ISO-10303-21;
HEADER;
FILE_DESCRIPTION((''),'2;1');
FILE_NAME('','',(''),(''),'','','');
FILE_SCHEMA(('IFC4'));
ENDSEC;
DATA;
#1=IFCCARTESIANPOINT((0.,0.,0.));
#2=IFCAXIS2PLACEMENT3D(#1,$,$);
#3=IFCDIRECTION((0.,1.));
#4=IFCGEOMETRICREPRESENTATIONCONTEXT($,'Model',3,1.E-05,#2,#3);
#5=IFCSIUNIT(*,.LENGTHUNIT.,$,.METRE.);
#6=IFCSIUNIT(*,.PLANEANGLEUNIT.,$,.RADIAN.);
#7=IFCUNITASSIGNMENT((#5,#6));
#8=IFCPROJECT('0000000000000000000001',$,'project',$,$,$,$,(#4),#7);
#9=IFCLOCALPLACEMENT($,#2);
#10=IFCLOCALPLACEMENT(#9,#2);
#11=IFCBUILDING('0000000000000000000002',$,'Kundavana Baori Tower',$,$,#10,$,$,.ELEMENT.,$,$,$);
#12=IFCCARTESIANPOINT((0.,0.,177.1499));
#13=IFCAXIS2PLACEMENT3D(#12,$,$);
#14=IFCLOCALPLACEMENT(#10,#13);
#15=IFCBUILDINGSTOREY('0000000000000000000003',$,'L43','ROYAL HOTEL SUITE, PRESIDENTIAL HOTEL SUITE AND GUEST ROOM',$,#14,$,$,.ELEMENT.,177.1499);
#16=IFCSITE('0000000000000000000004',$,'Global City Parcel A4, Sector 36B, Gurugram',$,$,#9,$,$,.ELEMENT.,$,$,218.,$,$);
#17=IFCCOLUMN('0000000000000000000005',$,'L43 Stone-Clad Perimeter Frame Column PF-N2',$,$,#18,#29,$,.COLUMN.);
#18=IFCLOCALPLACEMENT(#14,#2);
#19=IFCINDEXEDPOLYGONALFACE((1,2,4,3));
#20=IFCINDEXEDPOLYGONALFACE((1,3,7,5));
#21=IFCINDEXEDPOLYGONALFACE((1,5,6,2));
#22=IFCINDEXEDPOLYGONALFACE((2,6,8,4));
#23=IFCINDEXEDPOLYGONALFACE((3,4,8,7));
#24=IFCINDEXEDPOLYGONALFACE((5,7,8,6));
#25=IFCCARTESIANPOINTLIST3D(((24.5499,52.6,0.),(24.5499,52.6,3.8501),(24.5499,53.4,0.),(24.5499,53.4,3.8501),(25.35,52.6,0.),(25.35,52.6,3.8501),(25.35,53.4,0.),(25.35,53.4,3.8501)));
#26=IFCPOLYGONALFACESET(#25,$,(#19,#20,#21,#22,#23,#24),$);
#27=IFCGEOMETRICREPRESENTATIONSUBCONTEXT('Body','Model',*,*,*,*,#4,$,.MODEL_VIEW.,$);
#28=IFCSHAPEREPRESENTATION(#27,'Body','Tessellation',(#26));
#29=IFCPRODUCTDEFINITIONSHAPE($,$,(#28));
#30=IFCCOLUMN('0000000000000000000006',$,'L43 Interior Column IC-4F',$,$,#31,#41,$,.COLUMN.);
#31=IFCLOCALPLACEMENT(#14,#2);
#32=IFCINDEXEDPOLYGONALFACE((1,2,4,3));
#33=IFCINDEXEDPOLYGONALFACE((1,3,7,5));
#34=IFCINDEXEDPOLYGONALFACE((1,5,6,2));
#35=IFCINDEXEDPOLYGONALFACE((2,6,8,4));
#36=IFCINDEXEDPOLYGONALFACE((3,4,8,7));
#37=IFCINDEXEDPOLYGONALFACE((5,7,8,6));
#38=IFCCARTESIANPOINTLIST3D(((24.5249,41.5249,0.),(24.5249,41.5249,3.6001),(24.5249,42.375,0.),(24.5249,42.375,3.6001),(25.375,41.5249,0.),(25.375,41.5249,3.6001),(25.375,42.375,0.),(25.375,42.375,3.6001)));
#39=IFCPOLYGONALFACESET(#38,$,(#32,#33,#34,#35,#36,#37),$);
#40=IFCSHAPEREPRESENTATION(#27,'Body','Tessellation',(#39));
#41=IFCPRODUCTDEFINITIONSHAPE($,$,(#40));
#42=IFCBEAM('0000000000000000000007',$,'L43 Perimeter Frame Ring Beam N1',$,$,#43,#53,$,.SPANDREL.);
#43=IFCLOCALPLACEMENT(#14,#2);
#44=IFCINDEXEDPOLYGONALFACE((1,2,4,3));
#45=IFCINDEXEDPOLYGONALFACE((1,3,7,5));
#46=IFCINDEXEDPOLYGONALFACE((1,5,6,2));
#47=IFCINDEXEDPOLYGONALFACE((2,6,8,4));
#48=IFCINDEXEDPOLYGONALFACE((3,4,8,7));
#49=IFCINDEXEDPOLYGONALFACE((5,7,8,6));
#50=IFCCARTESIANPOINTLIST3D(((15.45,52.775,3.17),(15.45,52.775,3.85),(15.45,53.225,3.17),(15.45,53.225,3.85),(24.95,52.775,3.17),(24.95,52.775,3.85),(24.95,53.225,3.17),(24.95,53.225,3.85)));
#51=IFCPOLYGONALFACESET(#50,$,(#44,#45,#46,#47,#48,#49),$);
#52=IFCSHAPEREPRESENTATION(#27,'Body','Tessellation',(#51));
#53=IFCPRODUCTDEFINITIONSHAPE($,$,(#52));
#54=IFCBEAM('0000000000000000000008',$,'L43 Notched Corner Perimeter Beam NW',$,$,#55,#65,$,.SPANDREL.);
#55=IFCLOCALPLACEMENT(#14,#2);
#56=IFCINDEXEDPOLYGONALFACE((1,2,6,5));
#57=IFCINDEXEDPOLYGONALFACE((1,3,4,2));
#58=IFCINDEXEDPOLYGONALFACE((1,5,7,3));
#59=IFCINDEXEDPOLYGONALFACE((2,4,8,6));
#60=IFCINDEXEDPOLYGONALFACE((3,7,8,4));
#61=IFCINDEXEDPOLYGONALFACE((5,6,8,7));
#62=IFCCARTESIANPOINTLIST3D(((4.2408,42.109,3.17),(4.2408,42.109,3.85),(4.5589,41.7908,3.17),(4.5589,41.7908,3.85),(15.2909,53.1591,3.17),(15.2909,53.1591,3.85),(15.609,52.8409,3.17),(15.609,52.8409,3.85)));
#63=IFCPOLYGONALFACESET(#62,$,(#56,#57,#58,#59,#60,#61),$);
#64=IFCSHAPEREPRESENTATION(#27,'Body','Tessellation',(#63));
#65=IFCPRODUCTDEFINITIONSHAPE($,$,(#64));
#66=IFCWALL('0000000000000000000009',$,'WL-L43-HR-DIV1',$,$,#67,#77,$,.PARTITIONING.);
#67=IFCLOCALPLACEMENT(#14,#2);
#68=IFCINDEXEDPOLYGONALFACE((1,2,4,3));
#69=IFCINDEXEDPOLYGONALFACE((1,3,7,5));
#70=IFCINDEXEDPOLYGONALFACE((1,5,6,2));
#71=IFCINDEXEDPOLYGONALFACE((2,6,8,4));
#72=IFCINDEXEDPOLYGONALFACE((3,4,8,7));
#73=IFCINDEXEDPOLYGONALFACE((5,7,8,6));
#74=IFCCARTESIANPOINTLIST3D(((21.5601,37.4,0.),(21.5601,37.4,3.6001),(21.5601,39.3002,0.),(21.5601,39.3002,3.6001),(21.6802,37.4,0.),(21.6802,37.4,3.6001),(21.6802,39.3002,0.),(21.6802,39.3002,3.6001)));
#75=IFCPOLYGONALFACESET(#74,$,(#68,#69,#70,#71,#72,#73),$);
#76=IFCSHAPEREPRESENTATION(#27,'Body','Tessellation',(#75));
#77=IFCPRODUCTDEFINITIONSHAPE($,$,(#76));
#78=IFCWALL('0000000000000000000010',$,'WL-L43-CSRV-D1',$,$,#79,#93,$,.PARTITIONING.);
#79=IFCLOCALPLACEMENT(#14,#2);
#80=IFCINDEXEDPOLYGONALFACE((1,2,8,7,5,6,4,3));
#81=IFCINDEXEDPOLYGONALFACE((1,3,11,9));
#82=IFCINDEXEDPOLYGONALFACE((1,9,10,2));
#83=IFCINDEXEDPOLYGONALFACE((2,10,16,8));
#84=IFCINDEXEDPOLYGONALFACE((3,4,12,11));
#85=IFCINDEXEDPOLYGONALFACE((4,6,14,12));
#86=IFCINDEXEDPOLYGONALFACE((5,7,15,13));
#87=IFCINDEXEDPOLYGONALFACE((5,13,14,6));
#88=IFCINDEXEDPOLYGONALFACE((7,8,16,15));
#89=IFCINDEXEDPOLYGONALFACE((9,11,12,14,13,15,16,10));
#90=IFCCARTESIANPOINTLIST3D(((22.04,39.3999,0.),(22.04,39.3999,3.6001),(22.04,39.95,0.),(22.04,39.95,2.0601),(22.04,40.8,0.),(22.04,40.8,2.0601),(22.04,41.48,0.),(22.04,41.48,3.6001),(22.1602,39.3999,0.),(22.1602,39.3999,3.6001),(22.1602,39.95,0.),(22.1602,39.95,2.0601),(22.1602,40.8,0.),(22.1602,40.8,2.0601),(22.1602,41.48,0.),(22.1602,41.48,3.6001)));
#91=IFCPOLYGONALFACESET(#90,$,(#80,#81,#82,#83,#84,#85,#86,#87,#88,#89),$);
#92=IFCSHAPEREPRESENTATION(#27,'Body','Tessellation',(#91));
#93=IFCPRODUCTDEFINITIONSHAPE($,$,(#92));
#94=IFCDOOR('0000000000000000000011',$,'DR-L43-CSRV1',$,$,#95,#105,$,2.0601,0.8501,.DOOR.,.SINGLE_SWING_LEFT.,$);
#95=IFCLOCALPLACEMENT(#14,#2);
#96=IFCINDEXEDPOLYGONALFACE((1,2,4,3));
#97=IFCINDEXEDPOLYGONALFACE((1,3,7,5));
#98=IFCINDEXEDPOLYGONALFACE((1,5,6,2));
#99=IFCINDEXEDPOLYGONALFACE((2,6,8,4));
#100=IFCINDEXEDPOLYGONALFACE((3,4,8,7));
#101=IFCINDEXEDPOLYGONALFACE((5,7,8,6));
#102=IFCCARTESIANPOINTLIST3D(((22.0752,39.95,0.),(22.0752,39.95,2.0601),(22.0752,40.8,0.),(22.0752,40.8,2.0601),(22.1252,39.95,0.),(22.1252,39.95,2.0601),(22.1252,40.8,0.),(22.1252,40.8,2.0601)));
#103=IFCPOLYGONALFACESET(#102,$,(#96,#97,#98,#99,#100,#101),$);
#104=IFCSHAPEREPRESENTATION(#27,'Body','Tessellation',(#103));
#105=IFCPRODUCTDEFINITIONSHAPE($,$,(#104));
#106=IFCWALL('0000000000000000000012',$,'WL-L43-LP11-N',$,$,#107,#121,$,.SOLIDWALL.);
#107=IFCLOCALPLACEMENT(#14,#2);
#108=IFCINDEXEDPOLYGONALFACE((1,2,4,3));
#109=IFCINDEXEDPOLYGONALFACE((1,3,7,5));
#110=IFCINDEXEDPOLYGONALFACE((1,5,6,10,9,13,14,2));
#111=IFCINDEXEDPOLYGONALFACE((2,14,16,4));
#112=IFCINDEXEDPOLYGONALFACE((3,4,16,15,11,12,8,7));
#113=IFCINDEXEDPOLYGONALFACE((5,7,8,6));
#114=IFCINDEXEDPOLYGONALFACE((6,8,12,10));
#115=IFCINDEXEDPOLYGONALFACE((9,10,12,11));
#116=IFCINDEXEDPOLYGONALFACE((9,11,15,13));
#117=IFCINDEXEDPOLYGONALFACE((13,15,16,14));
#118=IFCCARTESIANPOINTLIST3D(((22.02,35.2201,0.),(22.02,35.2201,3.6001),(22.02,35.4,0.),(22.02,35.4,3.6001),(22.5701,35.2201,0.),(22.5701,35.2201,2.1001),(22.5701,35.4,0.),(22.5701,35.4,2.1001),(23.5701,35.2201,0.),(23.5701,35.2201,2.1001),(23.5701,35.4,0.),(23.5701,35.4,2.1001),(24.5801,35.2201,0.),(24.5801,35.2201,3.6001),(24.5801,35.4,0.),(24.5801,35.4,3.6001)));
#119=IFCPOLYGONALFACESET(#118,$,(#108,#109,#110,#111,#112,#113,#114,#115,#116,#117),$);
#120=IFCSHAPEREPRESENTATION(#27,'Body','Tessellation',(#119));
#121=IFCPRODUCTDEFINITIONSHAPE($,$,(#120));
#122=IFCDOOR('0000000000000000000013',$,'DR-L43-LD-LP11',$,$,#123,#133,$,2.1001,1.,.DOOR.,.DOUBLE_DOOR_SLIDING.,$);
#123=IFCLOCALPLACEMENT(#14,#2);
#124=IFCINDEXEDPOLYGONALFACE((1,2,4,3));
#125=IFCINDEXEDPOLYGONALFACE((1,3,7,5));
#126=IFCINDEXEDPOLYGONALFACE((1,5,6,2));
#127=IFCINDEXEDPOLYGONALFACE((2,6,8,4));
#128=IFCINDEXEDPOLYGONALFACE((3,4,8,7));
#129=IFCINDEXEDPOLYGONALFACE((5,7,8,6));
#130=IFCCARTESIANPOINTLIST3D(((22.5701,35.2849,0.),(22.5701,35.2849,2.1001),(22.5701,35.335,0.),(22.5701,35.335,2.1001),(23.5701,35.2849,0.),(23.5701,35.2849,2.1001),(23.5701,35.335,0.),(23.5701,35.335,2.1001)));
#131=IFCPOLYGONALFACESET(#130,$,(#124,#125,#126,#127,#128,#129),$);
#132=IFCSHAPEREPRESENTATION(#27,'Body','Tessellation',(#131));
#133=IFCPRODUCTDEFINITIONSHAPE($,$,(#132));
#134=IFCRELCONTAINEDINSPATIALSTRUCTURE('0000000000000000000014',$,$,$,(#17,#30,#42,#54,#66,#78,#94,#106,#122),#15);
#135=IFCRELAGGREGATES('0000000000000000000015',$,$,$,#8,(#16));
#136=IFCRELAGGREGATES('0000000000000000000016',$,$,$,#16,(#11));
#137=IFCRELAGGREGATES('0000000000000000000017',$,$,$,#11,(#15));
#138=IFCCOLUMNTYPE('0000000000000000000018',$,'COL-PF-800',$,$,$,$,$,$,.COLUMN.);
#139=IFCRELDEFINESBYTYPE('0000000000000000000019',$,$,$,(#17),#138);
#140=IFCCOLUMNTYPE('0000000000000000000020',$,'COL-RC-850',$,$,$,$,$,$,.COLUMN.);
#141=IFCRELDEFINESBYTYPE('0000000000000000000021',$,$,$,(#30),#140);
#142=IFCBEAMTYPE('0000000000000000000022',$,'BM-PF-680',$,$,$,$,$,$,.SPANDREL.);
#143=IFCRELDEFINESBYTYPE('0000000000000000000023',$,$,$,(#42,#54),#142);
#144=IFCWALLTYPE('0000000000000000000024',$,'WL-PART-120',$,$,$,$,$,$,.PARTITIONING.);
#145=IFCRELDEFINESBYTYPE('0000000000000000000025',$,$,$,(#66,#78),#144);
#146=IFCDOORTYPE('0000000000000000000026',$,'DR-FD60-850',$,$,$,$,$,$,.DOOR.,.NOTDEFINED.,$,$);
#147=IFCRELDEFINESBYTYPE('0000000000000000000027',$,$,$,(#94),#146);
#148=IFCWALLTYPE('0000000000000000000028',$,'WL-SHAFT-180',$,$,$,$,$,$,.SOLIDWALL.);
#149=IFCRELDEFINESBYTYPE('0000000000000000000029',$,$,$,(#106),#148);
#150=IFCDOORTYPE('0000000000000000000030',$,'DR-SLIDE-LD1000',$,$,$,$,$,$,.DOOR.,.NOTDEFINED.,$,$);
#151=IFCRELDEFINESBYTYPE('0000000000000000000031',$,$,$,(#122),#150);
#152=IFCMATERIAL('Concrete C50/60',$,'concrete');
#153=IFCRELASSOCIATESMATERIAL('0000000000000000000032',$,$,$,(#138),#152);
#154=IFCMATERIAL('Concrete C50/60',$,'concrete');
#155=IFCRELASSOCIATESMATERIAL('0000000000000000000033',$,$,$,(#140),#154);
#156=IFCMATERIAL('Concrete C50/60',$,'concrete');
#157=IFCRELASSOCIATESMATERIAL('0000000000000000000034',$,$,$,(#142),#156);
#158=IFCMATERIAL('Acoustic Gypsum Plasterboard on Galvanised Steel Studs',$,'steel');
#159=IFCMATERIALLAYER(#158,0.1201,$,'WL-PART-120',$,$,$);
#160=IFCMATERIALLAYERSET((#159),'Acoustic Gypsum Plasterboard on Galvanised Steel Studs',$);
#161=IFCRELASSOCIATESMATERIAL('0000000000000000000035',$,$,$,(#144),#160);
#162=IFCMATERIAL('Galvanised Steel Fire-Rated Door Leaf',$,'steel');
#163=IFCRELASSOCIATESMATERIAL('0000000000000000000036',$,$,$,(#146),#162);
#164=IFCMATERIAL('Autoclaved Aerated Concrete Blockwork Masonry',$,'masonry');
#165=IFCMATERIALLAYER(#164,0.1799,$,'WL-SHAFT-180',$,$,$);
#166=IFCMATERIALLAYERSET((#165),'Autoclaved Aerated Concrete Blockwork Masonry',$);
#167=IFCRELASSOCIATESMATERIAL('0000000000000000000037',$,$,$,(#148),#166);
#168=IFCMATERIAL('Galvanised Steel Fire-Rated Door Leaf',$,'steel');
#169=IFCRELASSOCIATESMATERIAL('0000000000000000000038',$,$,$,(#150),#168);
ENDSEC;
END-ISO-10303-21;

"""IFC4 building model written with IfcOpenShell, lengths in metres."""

from ifc_helpers import new_model, si_unit, direction, frame, frame_2d, origin, origin_2d, place, context, subcontext, project, spatial, rectangle, extrude, material, layer, layer_set, material_profile, profile_set, type_object, element, fill, save


model = new_model("IFC4")

# Units and contexts
model_context = context("Model", 3, precision=1e-05, world=origin(), true_north=direction((0.0, 1.0)))
body_context = subcontext(model_context, "Body", "Model", "MODEL_VIEW")
ifc_project = project(units=[si_unit("LENGTHUNIT", "METRE"), si_unit("PLANEANGLEUNIT", "RADIAN")], contexts=[model_context])

# Site, building, storey
site_placement = place(None, origin())
site = spatial("IfcSite", under=ifc_project, at=site_placement, Name="Global City Parcel A4, Sector 36B, Gurugram", CompositionType="ELEMENT", RefElevation=218.0)
building_placement = place(site_placement, origin())
building = spatial("IfcBuilding", under=site, at=building_placement, Name="Kundavana Baori Tower", CompositionType="ELEMENT")
storey_placement = place(building_placement, frame((0.0, 0.0, 177.1499)))
storey = spatial("IfcBuildingStorey", under=building, at=storey_placement, Name="L43", Description="ROYAL HOTEL SUITE, PRESIDENTIAL HOTEL SUITE AND GUEST ROOM", CompositionType="ELEMENT", Elevation=177.1499)

# Columns
ifc_material_1 = material(Name="Concrete C50/60", Category="concrete")
ifc_material_profile_1 = material_profile(ifc_material_1, rectangle(XDim=0.8, YDim=0.8, at=origin_2d()), Name="RC PF 800x800")
ifc_profile_set_1 = profile_set([ifc_material_profile_1], Name="Concrete C50/60")
column_type_1 = type_object("IfcColumnType", Name="COL-PF-800", PredefinedType="COLUMN", material=ifc_profile_set_1)
column_1_placement = place(storey_placement, frame((24.95, 53.0, 0.0), z_axis=(0.0, 0.0, 1.0), x_axis=(1.0, 0.0, 0.0)))
element("IfcColumn", 1, at=column_1_placement, inside=storey, type_object=column_type_1, Name="L43 Stone-Clad Perimeter Frame Column PF-N2", PredefinedType="COLUMN", context=body_context, shape_type="SweptSolid", body=[
    extrude(rectangle(XDim=0.8, YDim=0.8, at=origin_2d()), origin(), (0.0, 0.0, 1.0), 3.8501),
])
ifc_material_2 = material(Name="Concrete C50/60", Category="concrete")
ifc_material_profile_2 = material_profile(ifc_material_2, rectangle(XDim=0.8501, YDim=0.8501, at=origin_2d()), Name="RC 850x850")
ifc_profile_set_2 = profile_set([ifc_material_profile_2], Name="Concrete C50/60")
column_type_2 = type_object("IfcColumnType", Name="COL-RC-850", PredefinedType="COLUMN", material=ifc_profile_set_2)
column_2_placement = place(storey_placement, frame((24.95, 41.95, 0.0), z_axis=(0.0, 0.0, 1.0), x_axis=(1.0, 0.0, 0.0)))
element("IfcColumn", 2, at=column_2_placement, inside=storey, type_object=column_type_2, Name="L43 Interior Column IC-4F", PredefinedType="COLUMN", context=body_context, shape_type="SweptSolid", body=[
    extrude(rectangle(XDim=0.8501, YDim=0.8501, at=origin_2d()), origin(), (0.0, 0.0, 1.0), 3.6001),
])

# Beams
ifc_material_3 = material(Name="Concrete C50/60", Category="concrete")
ifc_material_profile_3 = material_profile(ifc_material_3, rectangle(XDim=0.45, YDim=0.6799, at=origin_2d()), Name="RC BM 450x680")
ifc_profile_set_3 = profile_set([ifc_material_profile_3], Name="Concrete C50/60")
beam_type = type_object("IfcBeamType", Name="BM-PF-680", PredefinedType="SPANDREL", material=ifc_profile_set_3)
beam_1_placement = place(storey_placement, frame((15.45, 53.0, 3.51), z_axis=(1.0, 0.0, 0.0), x_axis=(0.0, 1.0, 0.0)))
element("IfcBeam", 3, at=beam_1_placement, inside=storey, type_object=beam_type, Name="L43 Perimeter Frame Ring Beam N1", PredefinedType="SPANDREL", context=body_context, shape_type="SweptSolid", body=[
    extrude(rectangle(XDim=0.45, YDim=0.6799, at=origin_2d()), origin(), (0.0, 0.0, 1.0), 9.5),
])
beam_2_placement = place(storey_placement, frame((15.45, 53.0, 3.51), z_axis=(-0.707107, -0.707107, 0.0), x_axis=(0.707107, -0.707107, 0.0)))
element("IfcBeam", 4, at=beam_2_placement, inside=storey, type_object=beam_type, Name="L43 Notched Corner Perimeter Beam NW", PredefinedType="SPANDREL", context=body_context, shape_type="SweptSolid", body=[
    extrude(rectangle(XDim=0.45, YDim=0.6799, at=origin_2d()), origin(), (0.0, 0.0, 1.0), 15.6272),
])

# Wall
ifc_material_4 = material(Name="Acoustic Gypsum Plasterboard on Galvanised Steel Studs", Category="steel")
ifc_layer_1 = layer(ifc_material_4, 0.1201, Name="WL-PART-120")
ifc_layer_set_1 = layer_set([ifc_layer_1], Name="Acoustic Gypsum Plasterboard on Galvanised Steel Studs")
wall_type_1 = type_object("IfcWallType", Name="WL-PART-120", PredefinedType="PARTITIONING", material=ifc_layer_set_1)
wall_1_placement = place(storey_placement, frame((21.6201, 37.3999, 0.0), z_axis=(0.0, 0.0, 1.0), x_axis=(0.0, 1.0, 0.0)))
element("IfcWall", 5, at=wall_1_placement, inside=storey, type_object=wall_type_1, Name="WL-L43-HR-DIV1", PredefinedType="PARTITIONING", context=body_context, shape_type="SweptSolid", body=[
    extrude(rectangle(XDim=1.9001, YDim=0.1201, at=frame_2d((0.9502, 0.0))), origin(), (0.0, 0.0, 1.0), 3.6001),
])

# Walls, openings, doors
wall_2_placement = place(storey_placement, frame((22.1001, 39.3999, 0.0), z_axis=(0.0, 0.0, 1.0), x_axis=(0.0, 1.0, 0.0)))
wall_2 = element("IfcWall", 6, at=wall_2_placement, inside=storey, type_object=wall_type_1, Name="WL-L43-CSRV-D1", PredefinedType="PARTITIONING", context=body_context, shape_type="SweptSolid", body=[
    extrude(rectangle(XDim=2.0801, YDim=0.1201, at=frame_2d((1.04, 0.0))), origin(), (0.0, 0.0, 1.0), 3.6001),
])
opening_1_placement = place(wall_2_placement, frame((0.55, 0.0, 0.0)))
opening_1 = element("IfcOpeningElement", 7, at=opening_1_placement, cuts=wall_2, PredefinedType="OPENING", context=body_context, shape_type="SweptSolid", body=[
    extrude(rectangle(XDim=0.8501, YDim=2.0601, at=frame_2d((0.425, 1.03))), frame((0.0, 0.0701, 0.0), z_axis=(0.0, -1.0, 0.0), x_axis=(1.0, 0.0, 0.0)), (0.0, 0.0, 1.0), 0.1401),
])
ifc_material_5 = material(Name="Galvanised Steel Fire-Rated Door Leaf", Category="steel")
door_type_1 = type_object("IfcDoorType", Name="DR-FD60-850", OperationType="NOTDEFINED", PredefinedType="DOOR", material=ifc_material_5)
door_1_placement = place(opening_1_placement, origin())
door_1 = element("IfcDoor", 8, at=door_1_placement, inside=storey, type_object=door_type_1, Name="DR-L43-CSRV1", OperationType="SINGLE_SWING_LEFT", OverallHeight=2.0601, OverallWidth=0.8501, PredefinedType="DOOR", context=body_context, shape_type="SweptSolid", body=[
    extrude(rectangle(XDim=0.8501, YDim=2.0601, at=frame_2d((0.425, 1.03))), frame((0.0, 0.0249, 0.0), z_axis=(0.0, -1.0, 0.0), x_axis=(1.0, 0.0, 0.0)), (0.0, 0.0, 1.0), 0.05),
])
fill(opening_1, door_1)
ifc_material_6 = material(Name="Autoclaved Aerated Concrete Blockwork Masonry", Category="masonry")
ifc_layer_2 = layer(ifc_material_6, 0.1799, Name="WL-SHAFT-180")
ifc_layer_set_2 = layer_set([ifc_layer_2], Name="Autoclaved Aerated Concrete Blockwork Masonry")
wall_type_2 = type_object("IfcWallType", Name="WL-SHAFT-180", PredefinedType="SOLIDWALL", material=ifc_layer_set_2)
wall_3_placement = place(storey_placement, frame((22.02, 35.3101, 0.0), z_axis=(0.0, 0.0, 1.0), x_axis=(1.0, 0.0, 0.0)))
wall_3 = element("IfcWall", 9, at=wall_3_placement, inside=storey, type_object=wall_type_2, Name="WL-L43-LP11-N", PredefinedType="SOLIDWALL", context=body_context, shape_type="SweptSolid", body=[
    extrude(rectangle(XDim=2.5601, YDim=0.1799, at=frame_2d((1.28, 0.0))), origin(), (0.0, 0.0, 1.0), 3.6001),
])
opening_2_placement = place(wall_3_placement, frame((0.55, 0.0, 0.0)))
opening_2 = element("IfcOpeningElement", 10, at=opening_2_placement, cuts=wall_3, PredefinedType="OPENING", context=body_context, shape_type="SweptSolid", body=[
    extrude(rectangle(XDim=1.0, YDim=2.1001, at=frame_2d((0.5, 1.05))), frame((0.0, 0.1001, 0.0), z_axis=(0.0, -1.0, 0.0), x_axis=(1.0, 0.0, 0.0)), (0.0, 0.0, 1.0), 0.2),
])
ifc_material_7 = material(Name="Galvanised Steel Fire-Rated Door Leaf", Category="steel")
door_type_2 = type_object("IfcDoorType", Name="DR-SLIDE-LD1000", OperationType="NOTDEFINED", PredefinedType="DOOR", material=ifc_material_7)
door_2_placement = place(opening_2_placement, origin())
door_2 = element("IfcDoor", 11, at=door_2_placement, inside=storey, type_object=door_type_2, Name="DR-L43-LD-LP11", OperationType="DOUBLE_DOOR_SLIDING", OverallHeight=2.1001, OverallWidth=1.0, PredefinedType="DOOR", context=body_context, shape_type="SweptSolid", body=[
    extrude(rectangle(XDim=1.0, YDim=2.1001, at=frame_2d((0.5, 1.05))), frame((0.0, 0.0249, 0.0), z_axis=(0.0, -1.0, 0.0), x_axis=(1.0, 0.0, 0.0)), (0.0, 0.0, 1.0), 0.05),
])
fill(opening_2, door_2)

save(model, "model.ifc")
